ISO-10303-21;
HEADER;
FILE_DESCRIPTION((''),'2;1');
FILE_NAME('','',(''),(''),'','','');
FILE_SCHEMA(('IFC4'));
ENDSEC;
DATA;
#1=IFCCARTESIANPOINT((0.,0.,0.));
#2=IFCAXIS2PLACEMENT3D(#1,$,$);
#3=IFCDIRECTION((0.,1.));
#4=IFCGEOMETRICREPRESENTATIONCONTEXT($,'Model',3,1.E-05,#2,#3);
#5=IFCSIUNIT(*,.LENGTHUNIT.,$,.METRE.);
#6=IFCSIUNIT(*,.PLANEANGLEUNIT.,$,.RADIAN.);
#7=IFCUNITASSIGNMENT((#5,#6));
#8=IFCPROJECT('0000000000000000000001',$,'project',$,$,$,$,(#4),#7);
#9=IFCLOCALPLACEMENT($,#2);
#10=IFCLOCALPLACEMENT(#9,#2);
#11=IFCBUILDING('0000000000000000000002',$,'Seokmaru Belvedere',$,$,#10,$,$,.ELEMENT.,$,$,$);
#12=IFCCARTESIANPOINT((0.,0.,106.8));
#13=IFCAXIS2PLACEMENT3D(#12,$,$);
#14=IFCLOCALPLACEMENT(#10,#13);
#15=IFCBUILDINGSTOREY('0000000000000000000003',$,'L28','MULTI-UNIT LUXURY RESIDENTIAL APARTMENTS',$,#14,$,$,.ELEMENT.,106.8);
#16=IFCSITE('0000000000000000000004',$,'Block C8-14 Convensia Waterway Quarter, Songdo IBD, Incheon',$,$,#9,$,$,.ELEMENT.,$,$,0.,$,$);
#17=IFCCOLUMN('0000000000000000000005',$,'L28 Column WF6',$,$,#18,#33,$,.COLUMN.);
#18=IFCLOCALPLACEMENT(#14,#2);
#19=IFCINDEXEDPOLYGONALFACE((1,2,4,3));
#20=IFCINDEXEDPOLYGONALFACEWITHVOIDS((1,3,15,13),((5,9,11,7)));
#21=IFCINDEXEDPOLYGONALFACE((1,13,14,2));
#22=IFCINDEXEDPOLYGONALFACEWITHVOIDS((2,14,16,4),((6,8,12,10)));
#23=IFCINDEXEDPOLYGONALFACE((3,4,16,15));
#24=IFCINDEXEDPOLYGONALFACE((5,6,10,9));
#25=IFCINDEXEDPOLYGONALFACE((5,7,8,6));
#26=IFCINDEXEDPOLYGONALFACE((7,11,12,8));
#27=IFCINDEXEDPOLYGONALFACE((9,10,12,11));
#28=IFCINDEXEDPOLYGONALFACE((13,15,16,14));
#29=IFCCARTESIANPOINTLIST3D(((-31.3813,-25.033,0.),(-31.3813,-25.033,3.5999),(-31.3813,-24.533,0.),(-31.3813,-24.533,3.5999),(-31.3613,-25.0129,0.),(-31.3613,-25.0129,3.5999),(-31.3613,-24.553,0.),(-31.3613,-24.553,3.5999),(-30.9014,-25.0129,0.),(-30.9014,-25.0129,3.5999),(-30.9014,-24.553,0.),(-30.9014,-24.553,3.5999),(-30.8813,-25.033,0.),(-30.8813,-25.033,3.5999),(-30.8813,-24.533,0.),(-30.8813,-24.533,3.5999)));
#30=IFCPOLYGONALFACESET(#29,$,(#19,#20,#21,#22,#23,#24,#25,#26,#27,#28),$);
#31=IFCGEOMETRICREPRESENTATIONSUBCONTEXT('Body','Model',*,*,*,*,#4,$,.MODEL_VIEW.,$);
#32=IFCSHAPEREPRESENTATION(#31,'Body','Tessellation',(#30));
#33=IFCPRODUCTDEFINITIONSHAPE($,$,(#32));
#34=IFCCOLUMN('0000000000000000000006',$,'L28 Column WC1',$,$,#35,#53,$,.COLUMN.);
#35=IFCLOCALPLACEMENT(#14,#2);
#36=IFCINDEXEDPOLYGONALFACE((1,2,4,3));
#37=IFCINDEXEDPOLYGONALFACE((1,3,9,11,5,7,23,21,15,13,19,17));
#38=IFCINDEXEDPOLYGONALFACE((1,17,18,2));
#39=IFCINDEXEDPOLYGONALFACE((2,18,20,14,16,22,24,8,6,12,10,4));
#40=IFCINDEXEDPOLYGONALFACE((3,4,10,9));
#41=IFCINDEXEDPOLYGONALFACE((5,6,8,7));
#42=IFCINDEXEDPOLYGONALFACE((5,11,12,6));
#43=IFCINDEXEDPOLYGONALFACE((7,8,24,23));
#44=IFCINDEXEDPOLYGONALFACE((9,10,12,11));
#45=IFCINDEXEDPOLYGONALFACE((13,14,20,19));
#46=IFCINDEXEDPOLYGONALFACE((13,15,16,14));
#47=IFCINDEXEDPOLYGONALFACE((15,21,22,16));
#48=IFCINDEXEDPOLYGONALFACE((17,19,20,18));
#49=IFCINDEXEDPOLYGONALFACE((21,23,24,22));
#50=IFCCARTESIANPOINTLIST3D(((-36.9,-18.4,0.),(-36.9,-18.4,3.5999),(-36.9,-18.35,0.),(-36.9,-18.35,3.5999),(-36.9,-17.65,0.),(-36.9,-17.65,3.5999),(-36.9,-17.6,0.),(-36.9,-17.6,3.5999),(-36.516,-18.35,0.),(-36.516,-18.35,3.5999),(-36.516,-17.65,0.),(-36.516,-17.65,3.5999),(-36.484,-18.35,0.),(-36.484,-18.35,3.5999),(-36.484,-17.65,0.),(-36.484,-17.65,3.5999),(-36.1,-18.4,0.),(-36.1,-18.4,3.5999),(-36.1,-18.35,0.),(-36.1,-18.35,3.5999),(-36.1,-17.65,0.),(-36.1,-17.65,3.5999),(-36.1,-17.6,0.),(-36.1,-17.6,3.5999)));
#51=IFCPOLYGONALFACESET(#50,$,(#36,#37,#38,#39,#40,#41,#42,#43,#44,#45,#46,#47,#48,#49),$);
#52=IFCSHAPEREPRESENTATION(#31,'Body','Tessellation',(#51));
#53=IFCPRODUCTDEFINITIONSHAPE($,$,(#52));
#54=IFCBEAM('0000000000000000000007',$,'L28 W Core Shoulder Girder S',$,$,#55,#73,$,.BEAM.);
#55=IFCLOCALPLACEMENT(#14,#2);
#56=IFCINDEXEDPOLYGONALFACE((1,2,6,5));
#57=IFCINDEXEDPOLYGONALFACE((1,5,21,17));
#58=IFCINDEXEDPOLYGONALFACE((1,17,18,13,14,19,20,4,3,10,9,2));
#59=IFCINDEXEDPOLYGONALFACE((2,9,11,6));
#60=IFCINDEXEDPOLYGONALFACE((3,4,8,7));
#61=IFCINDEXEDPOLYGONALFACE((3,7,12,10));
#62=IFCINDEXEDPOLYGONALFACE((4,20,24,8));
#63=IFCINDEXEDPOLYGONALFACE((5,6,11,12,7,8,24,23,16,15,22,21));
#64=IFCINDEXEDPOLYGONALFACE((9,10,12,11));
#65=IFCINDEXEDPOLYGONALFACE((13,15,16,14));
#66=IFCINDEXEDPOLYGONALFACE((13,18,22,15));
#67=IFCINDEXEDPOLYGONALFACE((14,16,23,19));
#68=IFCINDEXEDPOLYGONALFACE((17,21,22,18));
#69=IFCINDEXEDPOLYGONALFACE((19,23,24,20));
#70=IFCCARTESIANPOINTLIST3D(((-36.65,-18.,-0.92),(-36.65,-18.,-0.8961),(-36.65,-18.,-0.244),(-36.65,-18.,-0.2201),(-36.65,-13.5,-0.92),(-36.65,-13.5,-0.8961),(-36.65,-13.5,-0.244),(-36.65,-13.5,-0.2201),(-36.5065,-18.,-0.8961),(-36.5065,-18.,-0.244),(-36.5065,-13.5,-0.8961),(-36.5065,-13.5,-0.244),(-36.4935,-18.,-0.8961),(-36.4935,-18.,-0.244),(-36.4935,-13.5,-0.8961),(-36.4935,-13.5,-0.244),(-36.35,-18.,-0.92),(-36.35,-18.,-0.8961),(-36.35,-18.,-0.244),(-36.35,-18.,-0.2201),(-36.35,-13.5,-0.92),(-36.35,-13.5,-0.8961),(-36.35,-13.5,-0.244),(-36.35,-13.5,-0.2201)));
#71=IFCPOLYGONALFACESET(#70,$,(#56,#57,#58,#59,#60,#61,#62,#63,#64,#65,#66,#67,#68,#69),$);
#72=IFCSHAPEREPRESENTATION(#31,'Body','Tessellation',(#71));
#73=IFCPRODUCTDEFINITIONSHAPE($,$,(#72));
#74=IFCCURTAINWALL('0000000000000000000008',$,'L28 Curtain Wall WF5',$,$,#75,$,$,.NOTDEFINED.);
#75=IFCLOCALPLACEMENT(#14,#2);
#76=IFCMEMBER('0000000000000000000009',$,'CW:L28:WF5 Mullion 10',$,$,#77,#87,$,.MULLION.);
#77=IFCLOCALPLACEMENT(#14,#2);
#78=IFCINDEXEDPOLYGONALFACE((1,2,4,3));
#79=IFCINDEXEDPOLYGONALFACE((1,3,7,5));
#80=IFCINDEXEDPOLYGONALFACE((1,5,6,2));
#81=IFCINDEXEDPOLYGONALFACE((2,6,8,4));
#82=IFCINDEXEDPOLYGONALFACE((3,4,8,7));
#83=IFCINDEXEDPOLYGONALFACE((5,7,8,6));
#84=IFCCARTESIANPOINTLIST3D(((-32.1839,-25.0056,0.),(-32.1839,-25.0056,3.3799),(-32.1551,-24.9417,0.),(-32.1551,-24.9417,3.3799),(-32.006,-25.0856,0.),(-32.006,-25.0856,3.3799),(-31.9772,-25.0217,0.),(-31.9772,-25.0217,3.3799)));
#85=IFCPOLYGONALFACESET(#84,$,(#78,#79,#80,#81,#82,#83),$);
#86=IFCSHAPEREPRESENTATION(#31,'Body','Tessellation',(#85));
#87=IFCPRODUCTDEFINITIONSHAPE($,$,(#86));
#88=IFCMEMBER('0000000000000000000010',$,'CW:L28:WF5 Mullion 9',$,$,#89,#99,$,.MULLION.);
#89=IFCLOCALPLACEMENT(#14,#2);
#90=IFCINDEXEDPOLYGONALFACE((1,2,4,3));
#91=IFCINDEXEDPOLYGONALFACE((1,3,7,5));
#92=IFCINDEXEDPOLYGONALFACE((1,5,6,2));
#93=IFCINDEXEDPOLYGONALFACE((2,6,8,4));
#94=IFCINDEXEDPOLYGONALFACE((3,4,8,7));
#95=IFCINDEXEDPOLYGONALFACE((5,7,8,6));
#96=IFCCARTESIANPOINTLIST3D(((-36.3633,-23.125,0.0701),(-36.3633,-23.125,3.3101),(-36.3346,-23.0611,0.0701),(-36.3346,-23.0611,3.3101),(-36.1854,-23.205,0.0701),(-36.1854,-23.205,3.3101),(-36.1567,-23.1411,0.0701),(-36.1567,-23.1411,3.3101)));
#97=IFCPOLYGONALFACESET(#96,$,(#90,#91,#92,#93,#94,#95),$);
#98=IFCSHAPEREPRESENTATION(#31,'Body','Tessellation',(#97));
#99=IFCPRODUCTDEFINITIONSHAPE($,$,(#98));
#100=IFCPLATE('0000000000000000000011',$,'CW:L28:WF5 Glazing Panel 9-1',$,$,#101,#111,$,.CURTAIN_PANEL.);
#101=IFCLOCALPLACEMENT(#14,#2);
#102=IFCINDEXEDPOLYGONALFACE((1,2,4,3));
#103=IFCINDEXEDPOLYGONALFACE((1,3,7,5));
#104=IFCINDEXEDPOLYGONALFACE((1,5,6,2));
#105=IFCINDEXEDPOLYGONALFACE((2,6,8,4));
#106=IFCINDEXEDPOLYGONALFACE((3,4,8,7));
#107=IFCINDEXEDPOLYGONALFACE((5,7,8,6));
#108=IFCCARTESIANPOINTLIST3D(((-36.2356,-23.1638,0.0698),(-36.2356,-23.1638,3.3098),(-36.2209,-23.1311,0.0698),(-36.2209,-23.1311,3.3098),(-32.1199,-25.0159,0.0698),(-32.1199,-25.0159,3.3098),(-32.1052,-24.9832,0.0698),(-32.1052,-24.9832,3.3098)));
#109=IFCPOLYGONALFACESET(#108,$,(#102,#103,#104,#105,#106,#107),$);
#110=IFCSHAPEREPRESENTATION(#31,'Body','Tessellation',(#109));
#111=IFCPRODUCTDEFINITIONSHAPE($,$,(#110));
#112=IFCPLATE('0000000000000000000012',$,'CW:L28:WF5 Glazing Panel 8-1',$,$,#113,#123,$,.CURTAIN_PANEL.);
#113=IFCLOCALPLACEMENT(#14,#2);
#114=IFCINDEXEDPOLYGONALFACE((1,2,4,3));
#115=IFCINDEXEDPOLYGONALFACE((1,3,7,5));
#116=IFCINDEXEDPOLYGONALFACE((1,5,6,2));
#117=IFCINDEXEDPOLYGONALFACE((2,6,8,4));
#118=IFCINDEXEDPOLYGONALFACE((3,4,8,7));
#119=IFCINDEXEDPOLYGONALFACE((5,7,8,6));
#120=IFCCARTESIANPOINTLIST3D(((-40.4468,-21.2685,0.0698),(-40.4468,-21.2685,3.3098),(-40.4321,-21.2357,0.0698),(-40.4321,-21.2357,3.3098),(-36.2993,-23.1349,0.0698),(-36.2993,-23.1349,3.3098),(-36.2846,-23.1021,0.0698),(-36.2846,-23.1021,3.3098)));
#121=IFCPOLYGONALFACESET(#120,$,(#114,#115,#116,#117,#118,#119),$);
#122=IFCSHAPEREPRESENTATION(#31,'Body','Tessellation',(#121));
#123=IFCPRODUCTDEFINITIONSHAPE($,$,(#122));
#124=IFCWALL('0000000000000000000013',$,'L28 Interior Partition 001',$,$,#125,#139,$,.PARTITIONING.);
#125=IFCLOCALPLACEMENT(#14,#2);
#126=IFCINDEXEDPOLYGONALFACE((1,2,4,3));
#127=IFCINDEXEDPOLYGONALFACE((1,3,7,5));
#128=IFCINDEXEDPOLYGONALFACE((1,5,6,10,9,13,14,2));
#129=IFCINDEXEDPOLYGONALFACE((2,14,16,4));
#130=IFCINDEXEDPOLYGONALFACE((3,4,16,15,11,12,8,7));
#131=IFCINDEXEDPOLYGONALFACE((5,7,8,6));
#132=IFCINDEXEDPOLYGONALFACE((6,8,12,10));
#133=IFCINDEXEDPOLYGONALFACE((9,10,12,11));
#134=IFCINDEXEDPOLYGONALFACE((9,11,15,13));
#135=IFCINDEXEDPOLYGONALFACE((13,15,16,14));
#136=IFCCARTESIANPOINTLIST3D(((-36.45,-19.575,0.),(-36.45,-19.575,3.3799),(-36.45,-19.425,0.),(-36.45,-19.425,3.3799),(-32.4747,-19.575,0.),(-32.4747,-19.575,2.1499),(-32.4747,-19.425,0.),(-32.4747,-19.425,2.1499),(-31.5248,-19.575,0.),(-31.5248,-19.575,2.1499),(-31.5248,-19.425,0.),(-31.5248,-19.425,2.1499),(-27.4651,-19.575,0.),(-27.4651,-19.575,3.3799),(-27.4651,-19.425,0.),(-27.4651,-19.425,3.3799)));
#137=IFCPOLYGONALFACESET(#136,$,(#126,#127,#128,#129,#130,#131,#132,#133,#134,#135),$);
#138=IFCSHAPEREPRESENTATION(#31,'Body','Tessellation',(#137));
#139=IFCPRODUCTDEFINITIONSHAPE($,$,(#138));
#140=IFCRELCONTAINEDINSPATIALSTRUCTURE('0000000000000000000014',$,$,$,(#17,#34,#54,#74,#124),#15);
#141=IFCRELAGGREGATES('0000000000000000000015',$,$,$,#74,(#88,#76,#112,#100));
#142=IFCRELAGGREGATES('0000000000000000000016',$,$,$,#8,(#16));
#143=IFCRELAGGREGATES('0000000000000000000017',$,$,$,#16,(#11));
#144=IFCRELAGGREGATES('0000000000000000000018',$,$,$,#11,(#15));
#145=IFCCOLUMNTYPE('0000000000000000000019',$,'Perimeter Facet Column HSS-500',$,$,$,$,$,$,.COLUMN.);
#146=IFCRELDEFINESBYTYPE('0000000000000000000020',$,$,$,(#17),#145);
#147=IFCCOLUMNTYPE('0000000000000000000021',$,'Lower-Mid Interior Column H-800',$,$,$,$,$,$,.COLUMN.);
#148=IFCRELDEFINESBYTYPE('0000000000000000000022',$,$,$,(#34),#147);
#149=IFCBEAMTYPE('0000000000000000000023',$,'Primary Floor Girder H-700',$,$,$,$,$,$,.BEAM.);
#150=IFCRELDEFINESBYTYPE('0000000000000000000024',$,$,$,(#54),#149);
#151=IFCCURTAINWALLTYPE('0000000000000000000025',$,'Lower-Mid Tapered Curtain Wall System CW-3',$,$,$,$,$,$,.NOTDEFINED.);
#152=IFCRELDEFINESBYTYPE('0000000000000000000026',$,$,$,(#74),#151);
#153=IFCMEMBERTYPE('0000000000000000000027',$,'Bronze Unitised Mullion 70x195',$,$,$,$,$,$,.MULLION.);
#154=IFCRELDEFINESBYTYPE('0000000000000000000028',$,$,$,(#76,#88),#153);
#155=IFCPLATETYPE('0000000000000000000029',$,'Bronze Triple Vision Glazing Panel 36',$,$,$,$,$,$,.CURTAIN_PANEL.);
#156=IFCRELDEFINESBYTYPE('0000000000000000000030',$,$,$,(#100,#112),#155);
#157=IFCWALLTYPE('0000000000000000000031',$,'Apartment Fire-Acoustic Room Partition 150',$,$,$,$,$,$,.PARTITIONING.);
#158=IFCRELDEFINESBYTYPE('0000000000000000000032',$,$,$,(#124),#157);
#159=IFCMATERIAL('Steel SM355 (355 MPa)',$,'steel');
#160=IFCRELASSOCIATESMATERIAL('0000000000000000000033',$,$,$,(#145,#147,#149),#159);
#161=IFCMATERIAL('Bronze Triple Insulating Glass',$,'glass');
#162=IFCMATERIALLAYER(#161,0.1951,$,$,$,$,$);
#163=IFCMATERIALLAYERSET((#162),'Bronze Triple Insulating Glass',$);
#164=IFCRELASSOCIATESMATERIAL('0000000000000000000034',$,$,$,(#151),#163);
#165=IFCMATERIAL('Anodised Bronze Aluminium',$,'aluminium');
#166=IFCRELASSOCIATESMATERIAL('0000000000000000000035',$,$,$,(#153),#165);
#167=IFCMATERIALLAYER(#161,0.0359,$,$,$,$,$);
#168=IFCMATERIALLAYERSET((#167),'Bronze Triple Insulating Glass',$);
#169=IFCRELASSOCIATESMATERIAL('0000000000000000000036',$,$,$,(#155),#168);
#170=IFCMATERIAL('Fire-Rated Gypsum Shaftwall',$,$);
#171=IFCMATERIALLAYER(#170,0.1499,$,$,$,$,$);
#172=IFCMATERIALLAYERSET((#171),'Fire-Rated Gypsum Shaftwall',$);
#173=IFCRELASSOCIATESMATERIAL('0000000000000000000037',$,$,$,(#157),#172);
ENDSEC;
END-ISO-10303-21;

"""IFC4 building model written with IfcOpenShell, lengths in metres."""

from ifc_helpers import new_model, si_unit, direction, frame, frame_2d, origin, origin_2d, place, context, subcontext, project, spatial, rectangle, hollow_rectangle, i_section, extrude, source, transform, mapped, material, layer, layer_set, material_profile, profile_set, type_object, type_shapes, element, aggregate, save


model = new_model("IFC4")

# Units and contexts
model_context = context("Model", 3, precision=1e-05, world=origin(), true_north=direction((0.0, 1.0)))
body_context = subcontext(model_context, "Body", "Model", "MODEL_VIEW")
ifc_project = project(units=[si_unit("LENGTHUNIT", "METRE"), si_unit("PLANEANGLEUNIT", "RADIAN")], contexts=[model_context])

# Site, building, storey
site_placement = place(None, origin())
site = spatial("IfcSite", under=ifc_project, at=site_placement, Name="Block C8-14 Convensia Waterway Quarter, Songdo IBD, Incheon", CompositionType="ELEMENT", RefElevation=0.0)
building_placement = place(site_placement, origin())
building = spatial("IfcBuilding", under=site, at=building_placement, Name="Seokmaru Belvedere", CompositionType="ELEMENT")
storey_placement = place(building_placement, frame((0.0, 0.0, 106.8)))
storey = spatial("IfcBuildingStorey", under=building, at=storey_placement, Name="L28", Description="MULTI-UNIT LUXURY RESIDENTIAL APARTMENTS", CompositionType="ELEMENT", Elevation=106.8)

# Columns
ifc_material_1 = material(Name="Steel SM355 (355 MPa)", Category="steel")
ifc_material_profile_1 = material_profile(ifc_material_1, hollow_rectangle(XDim=0.5, YDim=0.5, WallThickness=0.02, at=origin_2d()), Name="HSS-500x500x20")
ifc_profile_set_1 = profile_set([ifc_material_profile_1], Name="Steel SM355 (355 MPa)")
column_type_1 = type_object("IfcColumnType", Name="Perimeter Facet Column HSS-500", PredefinedType="COLUMN", material=ifc_profile_set_1)
shared_shape_1 = source(origin(), body_context, "Body", "SweptSolid", [
    extrude(hollow_rectangle(XDim=0.5, YDim=0.5, WallThickness=0.02, at=origin_2d()), origin(), (0.0, 0.0, 1.0), 3.5999),
])
type_shapes(column_type_1, [shared_shape_1])
column_1_placement = place(storey_placement, frame((-31.1313, -24.783, 0.0), z_axis=(0.0, 0.0, 1.0), x_axis=(1.0, 0.0, 0.0)))
element("IfcColumn", 1, at=column_1_placement, inside=storey, type_object=column_type_1, Name="L28 Column WF6", PredefinedType="COLUMN", context=body_context, shape_type="MappedRepresentation", body=[
    mapped(shared_shape_1, transform((0.0, 0.0, 0.0), scale=1.0)),
])
ifc_material_profile_2 = material_profile(ifc_material_1, i_section(OverallWidth=0.8, OverallDepth=0.8, WebThickness=0.032, FlangeThickness=0.05, at=origin_2d()), Name="H-800x800x32x50")
ifc_profile_set_2 = profile_set([ifc_material_profile_2], Name="Steel SM355 (355 MPa)")
column_type_2 = type_object("IfcColumnType", Name="Lower-Mid Interior Column H-800", PredefinedType="COLUMN", material=ifc_profile_set_2)
shared_shape_2 = source(origin(), body_context, "Body", "SweptSolid", [
    extrude(i_section(OverallWidth=0.8, OverallDepth=0.8, WebThickness=0.032, FlangeThickness=0.05, at=origin_2d()), origin(), (0.0, 0.0, 1.0), 3.5999),
])
type_shapes(column_type_2, [shared_shape_2])
column_2_placement = place(storey_placement, frame((-36.5, -18.0, 0.0), z_axis=(0.0, 0.0, 1.0), x_axis=(1.0, 0.0, 0.0)))
element("IfcColumn", 2, at=column_2_placement, inside=storey, type_object=column_type_2, Name="L28 Column WC1", PredefinedType="COLUMN", context=body_context, shape_type="MappedRepresentation", body=[
    mapped(shared_shape_2, transform((0.0, 0.0, 0.0), scale=1.0)),
])

# Beam
ifc_material_profile_3 = material_profile(ifc_material_1, i_section(OverallWidth=0.3, OverallDepth=0.7, WebThickness=0.0129, FlangeThickness=0.0239, at=origin_2d()), Name="H-700x300x13x24")
ifc_profile_set_3 = profile_set([ifc_material_profile_3], Name="Steel SM355 (355 MPa)")
beam_type = type_object("IfcBeamType", Name="Primary Floor Girder H-700", PredefinedType="BEAM", material=ifc_profile_set_3)
shared_shape_3 = source(origin(), body_context, "Body", "SweptSolid", [
    extrude(i_section(OverallWidth=0.3, OverallDepth=0.7, WebThickness=0.0129, FlangeThickness=0.0239, at=origin_2d()), origin(), (0.0, 0.0, 1.0), 4.5),
])
type_shapes(beam_type, [shared_shape_3])
beam_placement = place(storey_placement, frame((-36.5, -18.0, -0.5701), z_axis=(0.0, 1.0, 0.0), x_axis=(-1.0, 0.0, 0.0)))
element("IfcBeam", 3, at=beam_placement, inside=storey, type_object=beam_type, Name="L28 W Core Shoulder Girder S", PredefinedType="BEAM", context=body_context, shape_type="MappedRepresentation", body=[
    mapped(shared_shape_3, transform((0.0, 0.0, 0.0), scale=1.0)),
])

# Curtain wall, members, plates
ifc_material_2 = material(Name="Bronze Triple Insulating Glass", Category="glass")
ifc_layer_1 = layer(ifc_material_2, 0.1951)
ifc_layer_set_1 = layer_set([ifc_layer_1], Name="Bronze Triple Insulating Glass")
curtain_wall_type = type_object("IfcCurtainWallType", Name="Lower-Mid Tapered Curtain Wall System CW-3", PredefinedType="NOTDEFINED", material=ifc_layer_set_1)
curtain_wall_placement = place(storey_placement, origin())
curtain_wall = element("IfcCurtainWall", 4, at=curtain_wall_placement, inside=storey, type_object=curtain_wall_type, Name="L28 Curtain Wall WF5", PredefinedType="NOTDEFINED")
ifc_material_3 = material(Name="Anodised Bronze Aluminium", Category="aluminium")
ifc_material_profile_4 = material_profile(ifc_material_3, rectangle(XDim=0.0701, YDim=0.1951, at=origin_2d()), Name="CW-M-70x195")
ifc_profile_set_4 = profile_set([ifc_material_profile_4], Name="Anodised Bronze Aluminium")
member_type = type_object("IfcMemberType", Name="Bronze Unitised Mullion 70x195", PredefinedType="MULLION", material=ifc_profile_set_4)
shared_shape_4 = source(origin(), body_context, "Body", "SweptSolid", [
    extrude(rectangle(XDim=0.0701, YDim=0.1951, at=origin_2d()), origin(), (0.0, 0.0, 1.0), 3.3799),
])
member_1_placement = place(storey_placement, frame((-32.0806, -25.0137, 0.0), z_axis=(0.0, 0.0, 1.0), x_axis=(0.410366, 0.911921, 0.0)))
member_1 = element("IfcMember", 5, at=member_1_placement, type_object=member_type, Name="CW:L28:WF5 Mullion 10", PredefinedType="MULLION", context=body_context, shape_type="MappedRepresentation", body=[
    mapped(shared_shape_4, transform((0.0, 0.0, 0.0), scale=1.0)),
])
shared_shape_5 = source(origin(), body_context, "Body", "SweptSolid", [
    extrude(rectangle(XDim=0.0701, YDim=0.1951, at=origin_2d()), origin(), (0.0, 0.0, 1.0), 3.24),
])
type_shapes(member_type, [shared_shape_4, shared_shape_5])
member_2_placement = place(storey_placement, frame((-36.26, -23.1331, 0.0701), z_axis=(0.0, 0.0, 1.0), x_axis=(0.410366, 0.911921, 0.0)))
member_2 = element("IfcMember", 6, at=member_2_placement, type_object=member_type, Name="CW:L28:WF5 Mullion 9", PredefinedType="MULLION", context=body_context, shape_type="MappedRepresentation", body=[
    mapped(shared_shape_5, transform((0.0, 0.0, 0.0), scale=1.0)),
])
ifc_layer_2 = layer(ifc_material_2, 0.0359)
ifc_layer_set_2 = layer_set([ifc_layer_2], Name="Bronze Triple Insulating Glass")
plate_type = type_object("IfcPlateType", Name="Bronze Triple Vision Glazing Panel 36", PredefinedType="CURTAIN_PANEL", material=ifc_layer_set_2)
shared_shape_6 = source(origin(), body_context, "Body", "SweptSolid", [
    extrude(rectangle(XDim=4.5132, YDim=0.0359, at=origin_2d()), origin(), (0.0, 0.0, 1.0), 3.24),
])
plate_1_placement = place(storey_placement, frame((-34.1704, -24.0735, 0.0698), z_axis=(0.0, 0.0, 1.0), x_axis=(0.911921, -0.410366, 0.0)))
plate_1 = element("IfcPlate", 7, at=plate_1_placement, type_object=plate_type, Name="CW:L28:WF5 Glazing Panel 9-1", PredefinedType="CURTAIN_PANEL", context=body_context, shape_type="MappedRepresentation", body=[
    mapped(shared_shape_6, transform((0.0, 0.0, 0.0), scale=1.0)),
])
shared_shape_7 = source(origin(), body_context, "Body", "SweptSolid", [
    extrude(rectangle(XDim=4.5481, YDim=0.0359, at=origin_2d()), origin(), (0.0, 0.0, 1.0), 3.24),
])
type_shapes(plate_type, [shared_shape_6, shared_shape_7])
plate_2_placement = place(storey_placement, frame((-38.3657, -22.1853, 0.0698), z_axis=(0.0, 0.0, 1.0), x_axis=(0.911921, -0.410366, 0.0)))
plate_2 = element("IfcPlate", 8, at=plate_2_placement, type_object=plate_type, Name="CW:L28:WF5 Glazing Panel 8-1", PredefinedType="CURTAIN_PANEL", context=body_context, shape_type="MappedRepresentation", body=[
    mapped(shared_shape_7, transform((0.0, 0.0, 0.0), scale=1.0)),
])
aggregate(curtain_wall, [member_2, member_1, plate_2, plate_1])

# Wall, opening
ifc_material_4 = material(Name="Fire-Rated Gypsum Shaftwall")
ifc_layer_3 = layer(ifc_material_4, 0.1499)
ifc_layer_set_3 = layer_set([ifc_layer_3], Name="Fire-Rated Gypsum Shaftwall")
wall_type_1 = type_object("IfcWallType", Name="Apartment Fire-Acoustic Room Partition 150", PredefinedType="PARTITIONING", material=ifc_layer_set_3)
wall_1_placement = place(storey_placement, frame((-36.45, -19.5, 0.0), z_axis=(0.0, 0.0, 1.0), x_axis=(1.0, 0.0, 0.0)))
wall_1 = element("IfcWall", 9, at=wall_1_placement, inside=storey, type_object=wall_type_1, Name="L28 Interior Partition 001", PredefinedType="PARTITIONING", context=body_context, shape_type="SweptSolid", body=[
    extrude(rectangle(XDim=8.9849, YDim=0.1499, at=frame_2d((4.4924, 0.0))), origin(), (0.0, 0.0, 1.0), 3.3799),
])
opening_1_placement = place(wall_1_placement, frame((3.9751, 0.0, 0.0)))
element("IfcOpeningElement", 10, at=opening_1_placement, cuts=wall_1, PredefinedType="OPENING", context=body_context, shape_type="SweptSolid", body=[
    extrude(rectangle(XDim=0.95, YDim=2.1499, at=frame_2d((0.4751, 1.075))), frame((0.0, 0.085, 0.0), z_axis=(0.0, -1.0, 0.0), x_axis=(1.0, 0.0, 0.0)), (0.0, 0.0, 1.0), 0.1699),
])

save(model, "model.ifc")
